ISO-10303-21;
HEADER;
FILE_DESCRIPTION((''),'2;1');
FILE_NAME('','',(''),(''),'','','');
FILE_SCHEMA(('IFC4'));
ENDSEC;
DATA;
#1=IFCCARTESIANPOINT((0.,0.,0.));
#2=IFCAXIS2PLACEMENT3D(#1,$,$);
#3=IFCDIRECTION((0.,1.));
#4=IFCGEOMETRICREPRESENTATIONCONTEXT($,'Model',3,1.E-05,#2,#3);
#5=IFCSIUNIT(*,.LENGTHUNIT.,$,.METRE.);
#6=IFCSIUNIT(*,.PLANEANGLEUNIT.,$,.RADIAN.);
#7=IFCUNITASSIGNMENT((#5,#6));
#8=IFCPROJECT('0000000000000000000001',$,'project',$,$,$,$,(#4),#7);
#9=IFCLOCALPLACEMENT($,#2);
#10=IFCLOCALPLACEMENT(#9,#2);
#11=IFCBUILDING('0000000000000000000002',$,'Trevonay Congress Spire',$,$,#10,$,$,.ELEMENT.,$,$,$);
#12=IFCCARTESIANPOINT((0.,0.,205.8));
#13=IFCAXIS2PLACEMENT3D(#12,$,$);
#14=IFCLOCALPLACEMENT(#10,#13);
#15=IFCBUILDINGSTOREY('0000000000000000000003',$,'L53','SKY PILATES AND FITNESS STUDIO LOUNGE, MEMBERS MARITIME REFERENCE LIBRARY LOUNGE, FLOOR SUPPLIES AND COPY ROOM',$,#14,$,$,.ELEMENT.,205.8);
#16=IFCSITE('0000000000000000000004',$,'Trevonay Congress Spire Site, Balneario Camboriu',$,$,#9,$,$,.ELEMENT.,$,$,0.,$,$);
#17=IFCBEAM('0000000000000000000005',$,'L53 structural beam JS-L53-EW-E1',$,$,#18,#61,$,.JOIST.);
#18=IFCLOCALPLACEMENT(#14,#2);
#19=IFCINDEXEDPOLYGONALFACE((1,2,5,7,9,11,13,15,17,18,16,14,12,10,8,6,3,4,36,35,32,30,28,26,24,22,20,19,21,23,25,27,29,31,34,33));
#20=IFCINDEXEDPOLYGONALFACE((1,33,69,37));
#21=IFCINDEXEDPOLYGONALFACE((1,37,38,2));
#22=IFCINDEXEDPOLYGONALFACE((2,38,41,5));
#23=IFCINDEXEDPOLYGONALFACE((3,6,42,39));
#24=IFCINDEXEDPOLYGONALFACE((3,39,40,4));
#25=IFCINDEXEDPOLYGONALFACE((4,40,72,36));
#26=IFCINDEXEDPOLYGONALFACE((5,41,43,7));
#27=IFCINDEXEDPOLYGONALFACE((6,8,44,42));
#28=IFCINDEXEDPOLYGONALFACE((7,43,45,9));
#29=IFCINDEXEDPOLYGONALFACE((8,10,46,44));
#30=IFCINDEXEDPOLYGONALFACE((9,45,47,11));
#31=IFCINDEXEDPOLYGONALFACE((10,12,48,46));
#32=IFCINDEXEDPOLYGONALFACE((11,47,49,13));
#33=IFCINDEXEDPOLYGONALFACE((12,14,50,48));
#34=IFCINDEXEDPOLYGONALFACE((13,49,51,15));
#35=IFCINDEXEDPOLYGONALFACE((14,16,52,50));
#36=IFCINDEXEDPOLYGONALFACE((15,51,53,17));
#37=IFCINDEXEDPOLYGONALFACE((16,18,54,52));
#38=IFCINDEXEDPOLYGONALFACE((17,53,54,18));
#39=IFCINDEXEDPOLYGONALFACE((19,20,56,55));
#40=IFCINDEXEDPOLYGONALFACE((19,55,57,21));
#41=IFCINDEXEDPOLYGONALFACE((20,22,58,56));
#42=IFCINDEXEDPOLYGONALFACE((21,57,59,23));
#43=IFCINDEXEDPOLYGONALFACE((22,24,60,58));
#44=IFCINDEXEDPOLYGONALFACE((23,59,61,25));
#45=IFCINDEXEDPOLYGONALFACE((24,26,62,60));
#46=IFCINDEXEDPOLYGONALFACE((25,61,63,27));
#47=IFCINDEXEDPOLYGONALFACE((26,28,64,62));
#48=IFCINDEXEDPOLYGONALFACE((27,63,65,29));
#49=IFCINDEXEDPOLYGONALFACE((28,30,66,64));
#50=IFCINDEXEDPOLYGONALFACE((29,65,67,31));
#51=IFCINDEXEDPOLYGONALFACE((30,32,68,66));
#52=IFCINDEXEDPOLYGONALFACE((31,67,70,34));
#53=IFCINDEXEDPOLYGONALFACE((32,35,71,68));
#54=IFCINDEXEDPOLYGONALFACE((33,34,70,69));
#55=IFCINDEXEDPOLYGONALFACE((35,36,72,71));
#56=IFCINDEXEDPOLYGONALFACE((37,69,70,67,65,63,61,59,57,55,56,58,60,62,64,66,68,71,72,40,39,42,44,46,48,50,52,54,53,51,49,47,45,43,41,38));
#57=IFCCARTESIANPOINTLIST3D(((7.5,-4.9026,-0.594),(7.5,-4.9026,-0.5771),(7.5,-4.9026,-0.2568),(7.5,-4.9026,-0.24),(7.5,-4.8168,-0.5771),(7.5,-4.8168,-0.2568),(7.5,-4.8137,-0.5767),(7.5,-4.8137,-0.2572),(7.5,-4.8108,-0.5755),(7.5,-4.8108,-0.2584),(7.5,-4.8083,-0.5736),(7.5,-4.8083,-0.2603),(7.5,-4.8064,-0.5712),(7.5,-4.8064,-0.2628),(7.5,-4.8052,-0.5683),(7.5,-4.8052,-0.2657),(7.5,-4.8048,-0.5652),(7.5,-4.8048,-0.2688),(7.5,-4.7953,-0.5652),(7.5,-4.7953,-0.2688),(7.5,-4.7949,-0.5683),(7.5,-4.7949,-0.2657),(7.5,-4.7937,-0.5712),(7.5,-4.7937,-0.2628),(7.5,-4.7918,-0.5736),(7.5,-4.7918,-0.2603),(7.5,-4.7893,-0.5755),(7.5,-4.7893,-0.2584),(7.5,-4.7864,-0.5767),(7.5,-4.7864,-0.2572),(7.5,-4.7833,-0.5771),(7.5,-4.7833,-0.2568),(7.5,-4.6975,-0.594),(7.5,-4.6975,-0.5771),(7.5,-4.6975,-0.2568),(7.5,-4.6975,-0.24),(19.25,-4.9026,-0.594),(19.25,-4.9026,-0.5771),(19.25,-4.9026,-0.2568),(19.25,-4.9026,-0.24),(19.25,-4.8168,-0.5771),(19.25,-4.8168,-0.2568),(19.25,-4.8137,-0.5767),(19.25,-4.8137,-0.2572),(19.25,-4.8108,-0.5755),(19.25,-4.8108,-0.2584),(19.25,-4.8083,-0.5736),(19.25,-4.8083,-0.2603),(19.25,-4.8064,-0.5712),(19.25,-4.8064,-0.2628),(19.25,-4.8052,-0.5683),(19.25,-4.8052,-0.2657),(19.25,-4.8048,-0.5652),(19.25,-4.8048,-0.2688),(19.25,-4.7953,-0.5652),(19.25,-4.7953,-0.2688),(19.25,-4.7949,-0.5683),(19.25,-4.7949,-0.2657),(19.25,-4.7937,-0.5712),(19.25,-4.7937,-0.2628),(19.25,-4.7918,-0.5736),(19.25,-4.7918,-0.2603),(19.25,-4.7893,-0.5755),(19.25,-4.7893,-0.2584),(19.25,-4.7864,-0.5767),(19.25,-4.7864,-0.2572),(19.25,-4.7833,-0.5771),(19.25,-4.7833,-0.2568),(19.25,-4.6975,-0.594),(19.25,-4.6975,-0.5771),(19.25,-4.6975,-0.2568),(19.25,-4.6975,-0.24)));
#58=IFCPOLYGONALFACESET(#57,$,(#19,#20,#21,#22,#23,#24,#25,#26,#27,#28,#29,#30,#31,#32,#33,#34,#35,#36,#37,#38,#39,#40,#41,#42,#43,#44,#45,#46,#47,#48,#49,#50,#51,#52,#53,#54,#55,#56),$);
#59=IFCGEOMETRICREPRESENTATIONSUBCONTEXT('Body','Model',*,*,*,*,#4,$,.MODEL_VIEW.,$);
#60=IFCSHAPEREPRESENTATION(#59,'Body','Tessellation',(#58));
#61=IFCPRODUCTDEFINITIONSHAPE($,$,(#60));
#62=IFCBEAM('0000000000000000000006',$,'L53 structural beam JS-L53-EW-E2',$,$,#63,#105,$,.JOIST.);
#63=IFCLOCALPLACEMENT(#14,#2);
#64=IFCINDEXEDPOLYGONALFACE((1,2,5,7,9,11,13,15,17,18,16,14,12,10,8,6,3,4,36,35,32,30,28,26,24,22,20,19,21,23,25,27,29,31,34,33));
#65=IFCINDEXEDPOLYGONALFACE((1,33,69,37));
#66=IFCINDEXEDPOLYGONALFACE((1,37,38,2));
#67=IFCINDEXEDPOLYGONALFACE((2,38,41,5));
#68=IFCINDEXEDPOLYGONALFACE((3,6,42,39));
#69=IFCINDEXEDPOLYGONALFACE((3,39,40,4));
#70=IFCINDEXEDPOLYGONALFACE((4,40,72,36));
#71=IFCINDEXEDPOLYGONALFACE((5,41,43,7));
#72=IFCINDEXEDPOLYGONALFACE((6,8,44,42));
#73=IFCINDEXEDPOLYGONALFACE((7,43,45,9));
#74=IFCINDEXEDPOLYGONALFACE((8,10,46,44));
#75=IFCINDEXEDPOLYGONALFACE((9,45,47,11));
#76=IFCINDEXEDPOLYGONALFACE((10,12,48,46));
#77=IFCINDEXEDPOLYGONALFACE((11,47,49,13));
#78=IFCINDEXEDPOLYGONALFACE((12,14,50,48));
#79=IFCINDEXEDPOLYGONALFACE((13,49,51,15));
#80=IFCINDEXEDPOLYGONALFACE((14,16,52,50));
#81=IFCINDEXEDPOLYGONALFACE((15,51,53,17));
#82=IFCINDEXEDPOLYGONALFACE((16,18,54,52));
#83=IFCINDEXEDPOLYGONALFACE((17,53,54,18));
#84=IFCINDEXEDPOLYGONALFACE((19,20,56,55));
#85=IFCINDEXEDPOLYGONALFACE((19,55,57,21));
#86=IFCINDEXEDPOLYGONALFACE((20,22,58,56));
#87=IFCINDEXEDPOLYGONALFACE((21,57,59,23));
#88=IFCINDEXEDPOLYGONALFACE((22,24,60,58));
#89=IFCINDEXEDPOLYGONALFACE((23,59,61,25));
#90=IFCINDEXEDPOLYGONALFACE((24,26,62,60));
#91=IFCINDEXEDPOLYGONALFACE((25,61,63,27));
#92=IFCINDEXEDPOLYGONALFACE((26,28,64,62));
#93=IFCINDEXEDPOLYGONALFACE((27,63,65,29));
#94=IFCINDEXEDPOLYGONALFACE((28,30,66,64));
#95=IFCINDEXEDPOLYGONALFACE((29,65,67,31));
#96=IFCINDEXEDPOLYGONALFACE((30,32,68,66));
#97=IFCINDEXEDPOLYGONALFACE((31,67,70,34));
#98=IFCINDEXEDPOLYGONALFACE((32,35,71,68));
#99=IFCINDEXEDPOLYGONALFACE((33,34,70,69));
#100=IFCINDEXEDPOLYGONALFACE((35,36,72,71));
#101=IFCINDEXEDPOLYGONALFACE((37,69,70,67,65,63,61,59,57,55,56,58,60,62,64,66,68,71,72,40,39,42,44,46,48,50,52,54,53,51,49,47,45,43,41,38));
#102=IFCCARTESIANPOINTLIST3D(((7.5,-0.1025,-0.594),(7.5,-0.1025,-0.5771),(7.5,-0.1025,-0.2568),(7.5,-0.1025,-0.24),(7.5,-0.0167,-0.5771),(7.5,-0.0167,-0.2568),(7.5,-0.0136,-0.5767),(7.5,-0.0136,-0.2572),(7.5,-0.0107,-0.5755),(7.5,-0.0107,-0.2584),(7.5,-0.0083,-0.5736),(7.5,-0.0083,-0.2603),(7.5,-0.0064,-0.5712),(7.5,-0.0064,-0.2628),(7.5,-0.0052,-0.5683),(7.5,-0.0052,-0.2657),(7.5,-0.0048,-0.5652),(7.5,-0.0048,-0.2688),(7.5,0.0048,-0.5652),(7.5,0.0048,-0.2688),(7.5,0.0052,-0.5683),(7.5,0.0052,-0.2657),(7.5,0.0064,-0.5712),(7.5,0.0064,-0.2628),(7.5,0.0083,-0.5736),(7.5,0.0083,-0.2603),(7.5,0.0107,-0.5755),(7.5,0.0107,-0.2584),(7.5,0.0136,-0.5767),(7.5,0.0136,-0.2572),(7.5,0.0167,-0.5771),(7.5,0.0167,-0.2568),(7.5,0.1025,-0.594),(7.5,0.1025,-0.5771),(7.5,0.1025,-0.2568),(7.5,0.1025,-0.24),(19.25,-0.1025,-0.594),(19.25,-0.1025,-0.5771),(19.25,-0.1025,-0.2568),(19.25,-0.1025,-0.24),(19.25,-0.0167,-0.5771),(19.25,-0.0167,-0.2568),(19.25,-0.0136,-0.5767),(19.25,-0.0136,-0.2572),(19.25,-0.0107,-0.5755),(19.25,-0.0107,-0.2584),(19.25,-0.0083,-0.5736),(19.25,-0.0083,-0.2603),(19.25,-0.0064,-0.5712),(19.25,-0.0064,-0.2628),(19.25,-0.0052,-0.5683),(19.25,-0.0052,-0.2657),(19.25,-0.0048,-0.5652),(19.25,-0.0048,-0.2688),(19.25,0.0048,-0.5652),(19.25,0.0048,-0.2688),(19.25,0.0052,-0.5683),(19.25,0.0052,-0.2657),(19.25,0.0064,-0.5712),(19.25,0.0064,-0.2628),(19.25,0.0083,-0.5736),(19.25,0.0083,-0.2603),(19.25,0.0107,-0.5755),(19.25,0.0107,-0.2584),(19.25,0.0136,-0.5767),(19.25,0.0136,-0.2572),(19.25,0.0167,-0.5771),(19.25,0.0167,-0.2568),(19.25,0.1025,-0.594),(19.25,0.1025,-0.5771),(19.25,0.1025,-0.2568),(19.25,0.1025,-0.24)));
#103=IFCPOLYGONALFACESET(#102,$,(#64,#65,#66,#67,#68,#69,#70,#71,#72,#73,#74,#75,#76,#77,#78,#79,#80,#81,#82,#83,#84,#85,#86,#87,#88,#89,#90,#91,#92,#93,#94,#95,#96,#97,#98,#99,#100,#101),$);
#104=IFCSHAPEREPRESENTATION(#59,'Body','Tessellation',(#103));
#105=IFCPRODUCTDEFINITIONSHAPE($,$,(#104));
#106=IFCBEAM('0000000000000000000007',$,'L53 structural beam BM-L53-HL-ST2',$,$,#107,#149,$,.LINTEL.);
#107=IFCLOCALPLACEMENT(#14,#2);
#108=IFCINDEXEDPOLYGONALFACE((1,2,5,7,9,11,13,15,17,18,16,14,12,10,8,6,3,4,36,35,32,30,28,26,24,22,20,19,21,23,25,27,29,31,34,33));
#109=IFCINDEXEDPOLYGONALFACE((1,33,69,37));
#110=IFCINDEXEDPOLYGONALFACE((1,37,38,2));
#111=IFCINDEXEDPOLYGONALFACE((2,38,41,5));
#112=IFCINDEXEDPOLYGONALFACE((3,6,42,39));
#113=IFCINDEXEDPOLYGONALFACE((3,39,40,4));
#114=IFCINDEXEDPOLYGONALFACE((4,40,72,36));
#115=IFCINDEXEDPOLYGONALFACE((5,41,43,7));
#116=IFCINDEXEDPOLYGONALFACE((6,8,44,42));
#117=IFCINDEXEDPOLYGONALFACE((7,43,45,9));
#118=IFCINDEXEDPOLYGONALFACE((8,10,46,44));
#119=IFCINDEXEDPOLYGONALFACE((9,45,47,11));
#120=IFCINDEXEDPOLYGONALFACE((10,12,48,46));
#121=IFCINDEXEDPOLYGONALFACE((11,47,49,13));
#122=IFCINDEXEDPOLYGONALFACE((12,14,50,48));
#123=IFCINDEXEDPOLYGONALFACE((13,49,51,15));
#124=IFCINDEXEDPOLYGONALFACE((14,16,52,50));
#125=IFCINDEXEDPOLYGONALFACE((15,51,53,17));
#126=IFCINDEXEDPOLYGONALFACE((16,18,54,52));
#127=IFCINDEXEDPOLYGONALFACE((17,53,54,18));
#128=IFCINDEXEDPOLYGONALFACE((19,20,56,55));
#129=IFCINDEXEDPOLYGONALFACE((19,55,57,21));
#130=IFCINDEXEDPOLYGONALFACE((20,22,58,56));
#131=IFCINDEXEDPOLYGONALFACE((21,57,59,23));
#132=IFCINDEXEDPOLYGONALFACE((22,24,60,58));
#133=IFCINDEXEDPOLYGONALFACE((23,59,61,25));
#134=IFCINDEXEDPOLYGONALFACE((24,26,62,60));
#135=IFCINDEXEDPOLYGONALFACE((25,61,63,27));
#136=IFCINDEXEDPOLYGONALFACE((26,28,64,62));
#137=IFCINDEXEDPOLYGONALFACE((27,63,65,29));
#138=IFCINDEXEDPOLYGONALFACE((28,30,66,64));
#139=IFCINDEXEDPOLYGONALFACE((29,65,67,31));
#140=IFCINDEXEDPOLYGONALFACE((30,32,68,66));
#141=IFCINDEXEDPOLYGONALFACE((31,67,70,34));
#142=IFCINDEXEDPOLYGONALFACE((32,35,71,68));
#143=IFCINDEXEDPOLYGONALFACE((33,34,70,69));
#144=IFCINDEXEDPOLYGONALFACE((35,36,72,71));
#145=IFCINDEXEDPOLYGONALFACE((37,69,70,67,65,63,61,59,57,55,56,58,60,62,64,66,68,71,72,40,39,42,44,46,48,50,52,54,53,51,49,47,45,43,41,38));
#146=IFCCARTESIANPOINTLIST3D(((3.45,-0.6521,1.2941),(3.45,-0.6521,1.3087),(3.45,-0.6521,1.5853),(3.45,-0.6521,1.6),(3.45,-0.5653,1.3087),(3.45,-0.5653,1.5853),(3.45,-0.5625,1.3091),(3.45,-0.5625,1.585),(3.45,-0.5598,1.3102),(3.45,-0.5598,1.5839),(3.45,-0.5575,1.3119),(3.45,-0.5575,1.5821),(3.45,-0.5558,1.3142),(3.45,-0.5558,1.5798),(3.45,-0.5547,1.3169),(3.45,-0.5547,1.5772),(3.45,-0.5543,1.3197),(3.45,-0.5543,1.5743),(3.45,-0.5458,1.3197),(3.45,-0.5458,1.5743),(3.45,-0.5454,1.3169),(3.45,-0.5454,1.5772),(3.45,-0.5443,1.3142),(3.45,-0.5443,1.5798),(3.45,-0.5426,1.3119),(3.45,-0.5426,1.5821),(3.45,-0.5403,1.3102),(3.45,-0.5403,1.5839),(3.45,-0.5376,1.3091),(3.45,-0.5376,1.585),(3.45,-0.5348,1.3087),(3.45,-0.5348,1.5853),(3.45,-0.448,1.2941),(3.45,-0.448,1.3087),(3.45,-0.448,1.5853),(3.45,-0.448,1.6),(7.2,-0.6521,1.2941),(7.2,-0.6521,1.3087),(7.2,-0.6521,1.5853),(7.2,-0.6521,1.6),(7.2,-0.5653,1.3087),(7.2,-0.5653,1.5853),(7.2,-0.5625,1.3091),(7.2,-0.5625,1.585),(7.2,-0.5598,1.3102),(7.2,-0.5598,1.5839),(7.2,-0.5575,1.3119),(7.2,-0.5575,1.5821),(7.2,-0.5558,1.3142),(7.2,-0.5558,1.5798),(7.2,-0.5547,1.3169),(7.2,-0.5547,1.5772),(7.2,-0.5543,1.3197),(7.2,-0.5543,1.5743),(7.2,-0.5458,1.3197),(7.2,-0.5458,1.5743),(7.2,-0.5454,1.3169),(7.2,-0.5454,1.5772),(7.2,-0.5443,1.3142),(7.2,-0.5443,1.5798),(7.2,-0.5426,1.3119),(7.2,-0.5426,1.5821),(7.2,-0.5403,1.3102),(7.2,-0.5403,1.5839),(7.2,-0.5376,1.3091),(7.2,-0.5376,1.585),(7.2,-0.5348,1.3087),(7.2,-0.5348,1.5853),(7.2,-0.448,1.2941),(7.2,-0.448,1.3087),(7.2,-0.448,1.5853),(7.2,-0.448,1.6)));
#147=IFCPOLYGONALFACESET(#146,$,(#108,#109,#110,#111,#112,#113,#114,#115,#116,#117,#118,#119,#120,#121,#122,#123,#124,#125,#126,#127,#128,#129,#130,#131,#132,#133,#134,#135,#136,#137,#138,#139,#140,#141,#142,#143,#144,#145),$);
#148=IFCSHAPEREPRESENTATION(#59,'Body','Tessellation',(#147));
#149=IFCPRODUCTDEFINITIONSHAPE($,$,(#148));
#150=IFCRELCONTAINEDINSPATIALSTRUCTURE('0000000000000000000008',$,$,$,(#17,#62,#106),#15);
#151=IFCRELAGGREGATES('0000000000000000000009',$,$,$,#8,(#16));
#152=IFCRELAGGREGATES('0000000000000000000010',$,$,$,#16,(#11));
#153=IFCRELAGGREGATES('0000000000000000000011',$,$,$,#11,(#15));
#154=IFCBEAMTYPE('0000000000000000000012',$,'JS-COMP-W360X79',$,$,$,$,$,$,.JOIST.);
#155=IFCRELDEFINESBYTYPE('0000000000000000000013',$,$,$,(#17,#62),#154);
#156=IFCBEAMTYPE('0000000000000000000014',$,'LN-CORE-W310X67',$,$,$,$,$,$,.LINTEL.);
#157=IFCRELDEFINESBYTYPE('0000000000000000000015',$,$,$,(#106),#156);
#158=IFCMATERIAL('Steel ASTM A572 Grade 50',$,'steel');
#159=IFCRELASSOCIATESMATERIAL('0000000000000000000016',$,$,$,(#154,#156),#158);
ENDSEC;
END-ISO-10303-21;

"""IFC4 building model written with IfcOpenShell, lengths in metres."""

from ifc_helpers import new_model, si_unit, direction, frame, origin, origin_2d, place, context, subcontext, project, spatial, i_section, extrude, material, material_profile, profile_set, type_object, element, save


model = new_model("IFC4")

# Units and contexts
model_context = context("Model", 3, precision=1e-05, world=origin(), true_north=direction((0.0, 1.0)))
body_context = subcontext(model_context, "Body", "Model", "MODEL_VIEW")
ifc_project = project(units=[si_unit("LENGTHUNIT", "METRE"), si_unit("PLANEANGLEUNIT", "RADIAN")], contexts=[model_context])

# Site, building, storey
site_placement = place(None, origin())
site = spatial("IfcSite", under=ifc_project, at=site_placement, Name="Trevonay Congress Spire Site, Balneario Camboriu", CompositionType="ELEMENT", RefElevation=0.0)
building_placement = place(site_placement, origin())
building = spatial("IfcBuilding", under=site, at=building_placement, Name="Trevonay Congress Spire", CompositionType="ELEMENT")
storey_placement = place(building_placement, frame((0.0, 0.0, 205.8)))
storey = spatial("IfcBuildingStorey", under=building, at=storey_placement, Name="L53", Description="SKY PILATES AND FITNESS STUDIO LOUNGE, MEMBERS MARITIME REFERENCE LIBRARY LOUNGE, FLOOR SUPPLIES AND COPY ROOM", CompositionType="ELEMENT", Elevation=205.8)

# Shared definitions
ifc_material_1 = material(Name="Steel ASTM A572 Grade 50", Category="steel")

# Beams
ifc_material_profile_1 = material_profile(ifc_material_1, i_section(OverallWidth=0.2051, OverallDepth=0.354, WebThickness=0.0095, FlangeThickness=0.0168, FilletRadius=0.012, at=origin_2d()), Name="W360x79")
ifc_profile_set_1 = profile_set([ifc_material_profile_1], Name="Steel ASTM A572 Grade 50")
beam_type_1 = type_object("IfcBeamType", Name="JS-COMP-W360X79", PredefinedType="JOIST", material=ifc_profile_set_1)
for number, where, z_axis, x_axis, name in (
    (1, (7.5, -4.8, -0.417), (1.0, 0.0, 0.0), (0.0, 1.0, 0.0), "L53 structural beam JS-L53-EW-E1"),
    (2, (7.5, 0.0, -0.417), (1.0, 0.0, 0.0), (0.0, 1.0, 0.0), "L53 structural beam JS-L53-EW-E2"),
):
    element("IfcBeam", number, at=place(storey_placement, frame(where, z_axis=z_axis, x_axis=x_axis)), inside=storey, type_object=beam_type_1, Name=name, PredefinedType="JOIST", context=body_context, shape_type="SweptSolid", body=[
        extrude(i_section(OverallWidth=0.2051, OverallDepth=0.354, WebThickness=0.0095, FlangeThickness=0.0168, FilletRadius=0.012, at=origin_2d()), origin(), (0.0, 0.0, 1.0), 11.75),
    ])
ifc_material_profile_2 = material_profile(ifc_material_1, i_section(OverallWidth=0.2041, OverallDepth=0.3059, WebThickness=0.0085, FlangeThickness=0.0146, FilletRadius=0.011, at=origin_2d()), Name="W310x67")
ifc_profile_set_2 = profile_set([ifc_material_profile_2], Name="Steel ASTM A572 Grade 50")
beam_type_2 = type_object("IfcBeamType", Name="LN-CORE-W310X67", PredefinedType="LINTEL", material=ifc_profile_set_2)
beam_1_placement = place(storey_placement, frame((3.45, -0.55, 1.447), z_axis=(1.0, 0.0, 0.0), x_axis=(0.0, 1.0, 0.0)))
element("IfcBeam", 3, at=beam_1_placement, inside=storey, type_object=beam_type_2, Name="L53 structural beam BM-L53-HL-ST2", PredefinedType="LINTEL", context=body_context, shape_type="SweptSolid", body=[
    extrude(i_section(OverallWidth=0.2041, OverallDepth=0.3059, WebThickness=0.0085, FlangeThickness=0.0146, FilletRadius=0.011, at=origin_2d()), origin(), (0.0, 0.0, 1.0), 3.75),
])

save(model, "model.ifc")
